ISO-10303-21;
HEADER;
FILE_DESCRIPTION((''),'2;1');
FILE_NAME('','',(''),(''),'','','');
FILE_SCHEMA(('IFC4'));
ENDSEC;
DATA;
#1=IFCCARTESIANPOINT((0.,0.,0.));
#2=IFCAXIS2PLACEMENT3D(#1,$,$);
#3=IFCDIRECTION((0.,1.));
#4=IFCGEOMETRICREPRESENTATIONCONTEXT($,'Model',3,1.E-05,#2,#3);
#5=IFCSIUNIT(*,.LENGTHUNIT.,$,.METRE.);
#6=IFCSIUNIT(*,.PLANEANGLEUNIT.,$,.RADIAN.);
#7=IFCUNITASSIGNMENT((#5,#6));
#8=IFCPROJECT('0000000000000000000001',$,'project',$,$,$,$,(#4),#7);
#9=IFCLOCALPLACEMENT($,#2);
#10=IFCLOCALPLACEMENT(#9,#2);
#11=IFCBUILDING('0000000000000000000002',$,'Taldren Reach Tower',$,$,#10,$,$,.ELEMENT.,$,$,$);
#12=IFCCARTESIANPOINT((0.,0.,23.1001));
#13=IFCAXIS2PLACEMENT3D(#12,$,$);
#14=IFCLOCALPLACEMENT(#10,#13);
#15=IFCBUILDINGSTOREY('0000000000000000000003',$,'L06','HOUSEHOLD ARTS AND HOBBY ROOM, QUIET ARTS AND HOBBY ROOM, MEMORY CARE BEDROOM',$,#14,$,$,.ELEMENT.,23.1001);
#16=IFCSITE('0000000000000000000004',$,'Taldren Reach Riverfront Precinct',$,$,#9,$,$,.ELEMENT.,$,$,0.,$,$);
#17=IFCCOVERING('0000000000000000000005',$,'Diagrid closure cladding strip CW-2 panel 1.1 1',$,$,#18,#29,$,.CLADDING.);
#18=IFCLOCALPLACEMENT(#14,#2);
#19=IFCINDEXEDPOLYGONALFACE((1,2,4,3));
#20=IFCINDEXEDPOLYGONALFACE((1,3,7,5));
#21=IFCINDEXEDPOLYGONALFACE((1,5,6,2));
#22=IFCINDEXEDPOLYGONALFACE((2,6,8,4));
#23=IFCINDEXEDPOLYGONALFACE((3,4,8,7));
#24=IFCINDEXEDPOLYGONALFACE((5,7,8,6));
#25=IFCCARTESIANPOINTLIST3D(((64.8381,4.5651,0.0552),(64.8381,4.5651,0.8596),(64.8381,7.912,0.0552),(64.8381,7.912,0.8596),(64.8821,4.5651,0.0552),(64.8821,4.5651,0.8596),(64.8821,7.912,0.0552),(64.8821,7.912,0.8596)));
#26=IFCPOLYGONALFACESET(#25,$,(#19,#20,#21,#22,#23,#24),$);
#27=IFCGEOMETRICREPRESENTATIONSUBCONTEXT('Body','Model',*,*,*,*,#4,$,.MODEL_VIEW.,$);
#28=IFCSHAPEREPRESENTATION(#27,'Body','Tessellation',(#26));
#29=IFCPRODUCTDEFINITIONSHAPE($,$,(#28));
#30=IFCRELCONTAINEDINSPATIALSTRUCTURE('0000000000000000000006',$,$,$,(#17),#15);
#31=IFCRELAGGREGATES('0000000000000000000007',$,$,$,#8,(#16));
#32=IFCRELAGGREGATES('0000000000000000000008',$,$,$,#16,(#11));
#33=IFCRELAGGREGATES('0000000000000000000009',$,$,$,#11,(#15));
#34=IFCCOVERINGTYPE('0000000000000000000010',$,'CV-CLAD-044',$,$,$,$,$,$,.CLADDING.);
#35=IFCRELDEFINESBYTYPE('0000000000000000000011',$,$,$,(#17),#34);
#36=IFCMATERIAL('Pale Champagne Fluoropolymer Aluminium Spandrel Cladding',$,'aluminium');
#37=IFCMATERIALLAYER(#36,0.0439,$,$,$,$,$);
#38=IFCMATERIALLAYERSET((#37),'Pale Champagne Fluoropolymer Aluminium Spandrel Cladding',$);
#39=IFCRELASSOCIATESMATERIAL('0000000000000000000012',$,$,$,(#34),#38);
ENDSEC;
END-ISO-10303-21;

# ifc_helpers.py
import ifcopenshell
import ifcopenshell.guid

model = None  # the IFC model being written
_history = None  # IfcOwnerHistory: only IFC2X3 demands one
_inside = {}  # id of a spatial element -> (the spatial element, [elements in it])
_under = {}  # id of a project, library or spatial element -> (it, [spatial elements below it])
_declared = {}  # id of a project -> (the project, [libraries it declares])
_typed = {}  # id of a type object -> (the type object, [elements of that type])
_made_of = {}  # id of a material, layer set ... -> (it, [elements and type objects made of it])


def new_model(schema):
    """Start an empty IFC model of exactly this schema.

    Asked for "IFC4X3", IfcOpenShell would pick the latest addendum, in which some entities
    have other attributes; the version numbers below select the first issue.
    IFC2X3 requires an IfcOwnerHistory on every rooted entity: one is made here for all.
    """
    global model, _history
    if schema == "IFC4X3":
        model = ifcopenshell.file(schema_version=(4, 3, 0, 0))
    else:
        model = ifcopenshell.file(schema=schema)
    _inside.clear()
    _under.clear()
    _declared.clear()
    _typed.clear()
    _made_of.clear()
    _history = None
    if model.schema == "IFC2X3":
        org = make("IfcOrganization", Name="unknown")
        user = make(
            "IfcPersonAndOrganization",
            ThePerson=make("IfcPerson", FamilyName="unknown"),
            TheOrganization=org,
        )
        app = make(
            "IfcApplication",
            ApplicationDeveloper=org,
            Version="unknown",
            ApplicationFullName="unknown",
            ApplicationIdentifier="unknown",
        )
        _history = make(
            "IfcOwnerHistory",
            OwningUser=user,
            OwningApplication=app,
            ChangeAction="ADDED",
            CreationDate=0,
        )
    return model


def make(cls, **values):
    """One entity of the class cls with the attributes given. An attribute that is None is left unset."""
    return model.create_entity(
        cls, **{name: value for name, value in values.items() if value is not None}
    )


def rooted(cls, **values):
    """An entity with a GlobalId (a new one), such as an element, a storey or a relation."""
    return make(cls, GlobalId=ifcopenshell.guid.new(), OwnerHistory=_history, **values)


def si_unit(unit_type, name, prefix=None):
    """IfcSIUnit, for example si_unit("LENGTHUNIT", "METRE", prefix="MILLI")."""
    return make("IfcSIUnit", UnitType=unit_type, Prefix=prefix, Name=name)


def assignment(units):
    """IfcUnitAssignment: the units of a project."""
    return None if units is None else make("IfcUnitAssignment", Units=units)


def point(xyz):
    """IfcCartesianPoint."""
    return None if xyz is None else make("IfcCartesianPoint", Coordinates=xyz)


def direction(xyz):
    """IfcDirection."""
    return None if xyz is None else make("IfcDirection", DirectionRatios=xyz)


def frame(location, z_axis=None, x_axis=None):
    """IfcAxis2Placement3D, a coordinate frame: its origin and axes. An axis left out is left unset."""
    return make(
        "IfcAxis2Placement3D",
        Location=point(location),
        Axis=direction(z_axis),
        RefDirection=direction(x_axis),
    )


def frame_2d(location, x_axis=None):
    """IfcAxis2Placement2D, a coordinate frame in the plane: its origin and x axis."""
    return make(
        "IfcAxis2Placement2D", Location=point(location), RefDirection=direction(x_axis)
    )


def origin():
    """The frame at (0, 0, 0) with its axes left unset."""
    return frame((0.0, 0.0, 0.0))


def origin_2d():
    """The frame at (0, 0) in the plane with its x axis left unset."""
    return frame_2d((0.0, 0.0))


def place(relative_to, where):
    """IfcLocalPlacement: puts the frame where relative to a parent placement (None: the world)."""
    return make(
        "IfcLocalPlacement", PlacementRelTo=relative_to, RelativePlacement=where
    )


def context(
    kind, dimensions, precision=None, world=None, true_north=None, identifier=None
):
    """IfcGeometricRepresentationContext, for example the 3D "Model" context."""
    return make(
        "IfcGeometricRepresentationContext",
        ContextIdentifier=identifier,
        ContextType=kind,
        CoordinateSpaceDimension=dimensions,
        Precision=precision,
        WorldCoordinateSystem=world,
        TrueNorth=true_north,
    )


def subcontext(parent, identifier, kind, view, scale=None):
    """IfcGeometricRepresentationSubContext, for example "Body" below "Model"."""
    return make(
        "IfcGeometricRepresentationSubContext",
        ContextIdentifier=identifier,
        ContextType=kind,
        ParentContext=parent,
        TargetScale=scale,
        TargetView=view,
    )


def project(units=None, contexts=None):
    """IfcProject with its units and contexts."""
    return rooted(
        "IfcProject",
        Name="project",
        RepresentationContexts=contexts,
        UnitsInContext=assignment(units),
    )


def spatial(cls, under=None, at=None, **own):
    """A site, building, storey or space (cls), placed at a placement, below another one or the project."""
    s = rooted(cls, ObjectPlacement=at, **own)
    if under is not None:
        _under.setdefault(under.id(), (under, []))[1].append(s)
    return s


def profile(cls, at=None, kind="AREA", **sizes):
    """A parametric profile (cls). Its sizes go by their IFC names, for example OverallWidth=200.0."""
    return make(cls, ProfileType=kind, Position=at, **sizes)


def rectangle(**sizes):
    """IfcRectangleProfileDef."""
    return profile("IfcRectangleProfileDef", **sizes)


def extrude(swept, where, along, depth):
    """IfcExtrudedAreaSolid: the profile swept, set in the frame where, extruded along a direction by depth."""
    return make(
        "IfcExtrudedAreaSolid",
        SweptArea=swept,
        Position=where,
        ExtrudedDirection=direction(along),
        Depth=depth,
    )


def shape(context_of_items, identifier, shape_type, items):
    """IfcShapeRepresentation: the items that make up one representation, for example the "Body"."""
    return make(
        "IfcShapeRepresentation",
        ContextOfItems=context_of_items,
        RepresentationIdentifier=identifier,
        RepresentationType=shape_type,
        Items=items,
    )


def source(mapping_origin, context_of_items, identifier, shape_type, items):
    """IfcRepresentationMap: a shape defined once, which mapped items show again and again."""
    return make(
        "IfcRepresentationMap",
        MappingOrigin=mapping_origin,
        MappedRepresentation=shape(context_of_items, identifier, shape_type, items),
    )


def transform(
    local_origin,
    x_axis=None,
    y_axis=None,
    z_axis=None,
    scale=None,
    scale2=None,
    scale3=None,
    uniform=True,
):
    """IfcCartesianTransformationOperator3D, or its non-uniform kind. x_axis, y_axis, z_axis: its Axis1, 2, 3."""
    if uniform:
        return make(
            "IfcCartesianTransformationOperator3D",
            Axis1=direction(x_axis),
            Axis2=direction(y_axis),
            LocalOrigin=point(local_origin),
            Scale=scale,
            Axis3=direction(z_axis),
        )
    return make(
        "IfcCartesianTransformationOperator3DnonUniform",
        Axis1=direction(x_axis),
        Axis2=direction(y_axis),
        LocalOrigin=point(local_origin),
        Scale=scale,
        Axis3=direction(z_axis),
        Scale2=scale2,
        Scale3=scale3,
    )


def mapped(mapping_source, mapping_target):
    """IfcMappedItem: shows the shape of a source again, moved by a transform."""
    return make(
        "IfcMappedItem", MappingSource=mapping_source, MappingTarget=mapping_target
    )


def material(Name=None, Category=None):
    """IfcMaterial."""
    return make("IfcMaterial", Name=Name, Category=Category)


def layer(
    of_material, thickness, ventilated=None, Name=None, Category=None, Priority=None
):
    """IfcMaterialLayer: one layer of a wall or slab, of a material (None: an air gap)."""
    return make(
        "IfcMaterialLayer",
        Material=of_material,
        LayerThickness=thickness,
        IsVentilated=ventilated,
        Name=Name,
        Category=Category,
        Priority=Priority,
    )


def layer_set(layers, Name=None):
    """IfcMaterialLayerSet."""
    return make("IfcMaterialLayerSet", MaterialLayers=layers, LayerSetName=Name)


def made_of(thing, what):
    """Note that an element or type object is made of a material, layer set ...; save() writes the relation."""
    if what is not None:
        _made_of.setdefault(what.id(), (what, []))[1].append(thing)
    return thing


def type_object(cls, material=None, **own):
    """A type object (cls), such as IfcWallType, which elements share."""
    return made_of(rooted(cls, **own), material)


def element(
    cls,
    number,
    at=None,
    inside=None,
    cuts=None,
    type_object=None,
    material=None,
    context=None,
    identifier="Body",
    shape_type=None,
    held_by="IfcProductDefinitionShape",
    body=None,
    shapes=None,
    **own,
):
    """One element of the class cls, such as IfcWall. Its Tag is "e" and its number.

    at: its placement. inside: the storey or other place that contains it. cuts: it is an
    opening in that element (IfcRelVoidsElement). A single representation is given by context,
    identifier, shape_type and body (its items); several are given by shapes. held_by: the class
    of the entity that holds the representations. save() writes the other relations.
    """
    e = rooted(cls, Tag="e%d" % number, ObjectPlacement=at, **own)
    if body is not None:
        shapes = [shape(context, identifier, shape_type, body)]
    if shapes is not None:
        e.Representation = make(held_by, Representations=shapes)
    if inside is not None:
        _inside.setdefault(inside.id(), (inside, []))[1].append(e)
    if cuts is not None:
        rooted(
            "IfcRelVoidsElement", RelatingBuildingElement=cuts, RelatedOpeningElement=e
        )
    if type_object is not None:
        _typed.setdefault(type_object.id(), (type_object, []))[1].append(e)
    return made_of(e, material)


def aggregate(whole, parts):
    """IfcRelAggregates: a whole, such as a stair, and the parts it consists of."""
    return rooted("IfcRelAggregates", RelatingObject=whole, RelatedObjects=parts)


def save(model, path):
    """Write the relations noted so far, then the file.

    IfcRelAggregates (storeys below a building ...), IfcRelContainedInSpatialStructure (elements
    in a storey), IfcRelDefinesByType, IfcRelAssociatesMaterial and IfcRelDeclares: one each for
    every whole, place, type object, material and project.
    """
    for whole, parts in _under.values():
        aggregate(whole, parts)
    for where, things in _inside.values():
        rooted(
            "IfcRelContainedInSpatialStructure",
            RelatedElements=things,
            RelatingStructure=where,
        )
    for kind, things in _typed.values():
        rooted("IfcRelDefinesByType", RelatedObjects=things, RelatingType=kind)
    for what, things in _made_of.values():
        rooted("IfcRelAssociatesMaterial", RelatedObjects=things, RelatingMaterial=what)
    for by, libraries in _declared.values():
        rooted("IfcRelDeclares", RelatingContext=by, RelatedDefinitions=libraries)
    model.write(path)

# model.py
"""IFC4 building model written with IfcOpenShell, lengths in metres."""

from ifc_helpers import new_model, si_unit, direction, frame, origin, origin_2d, place, context, subcontext, project, spatial, rectangle, extrude, source, transform, mapped, material, layer, layer_set, type_object, element, save


model = new_model("IFC4")

# Units and contexts
model_context = context("Model", 3, precision=1e-05, world=origin(), true_north=direction((0.0, 1.0)))
body_context = subcontext(model_context, "Body", "Model", "MODEL_VIEW")
ifc_project = project(units=[si_unit("LENGTHUNIT", "METRE"), si_unit("PLANEANGLEUNIT", "RADIAN")], contexts=[model_context])

# Site, building, storey
site_placement = place(None, origin())
site = spatial("IfcSite", under=ifc_project, at=site_placement, Name="Taldren Reach Riverfront Precinct", CompositionType="ELEMENT", RefElevation=0.0)
building_placement = place(site_placement, origin())
building = spatial("IfcBuilding", under=site, at=building_placement, Name="Taldren Reach Tower", CompositionType="ELEMENT")
storey_placement = place(building_placement, frame((0.0, 0.0, 23.1001)))
storey = spatial("IfcBuildingStorey", under=building, at=storey_placement, Name="L06", Description="HOUSEHOLD ARTS AND HOBBY ROOM, QUIET ARTS AND HOBBY ROOM, MEMORY CARE BEDROOM", CompositionType="ELEMENT", Elevation=23.1001)

# Covering
ifc_material_1 = material(Name="Pale Champagne Fluoropolymer Aluminium Spandrel Cladding", Category="aluminium")
ifc_layer_1 = layer(ifc_material_1, 0.0439)
ifc_layer_set_1 = layer_set([ifc_layer_1], Name="Pale Champagne Fluoropolymer Aluminium Spandrel Cladding")
covering_type = type_object("IfcCoveringType", Name="CV-CLAD-044", PredefinedType="CLADDING", material=ifc_layer_set_1)
shared_shape_1 = source(origin(), body_context, "Body", "SweptSolid", [
    extrude(rectangle(XDim=3.3469, YDim=0.0439, at=origin_2d()), origin(), (0.0, 0.0, 1.0), 0.8044),
])
covering_placement = place(storey_placement, frame((64.8601, 6.2385, 0.0552), z_axis=(0.0, 0.0, 1.0), x_axis=(0.0, 1.0, 0.0)))
element("IfcCovering", 1, at=covering_placement, inside=storey, type_object=covering_type, Name="Diagrid closure cladding strip CW-2 panel 1.1 1", PredefinedType="CLADDING", context=body_context, shape_type="MappedRepresentation", body=[
    mapped(shared_shape_1, transform((0.0, 0.0, 0.0), scale=1.0)),
])

save(model, "model.ifc")
